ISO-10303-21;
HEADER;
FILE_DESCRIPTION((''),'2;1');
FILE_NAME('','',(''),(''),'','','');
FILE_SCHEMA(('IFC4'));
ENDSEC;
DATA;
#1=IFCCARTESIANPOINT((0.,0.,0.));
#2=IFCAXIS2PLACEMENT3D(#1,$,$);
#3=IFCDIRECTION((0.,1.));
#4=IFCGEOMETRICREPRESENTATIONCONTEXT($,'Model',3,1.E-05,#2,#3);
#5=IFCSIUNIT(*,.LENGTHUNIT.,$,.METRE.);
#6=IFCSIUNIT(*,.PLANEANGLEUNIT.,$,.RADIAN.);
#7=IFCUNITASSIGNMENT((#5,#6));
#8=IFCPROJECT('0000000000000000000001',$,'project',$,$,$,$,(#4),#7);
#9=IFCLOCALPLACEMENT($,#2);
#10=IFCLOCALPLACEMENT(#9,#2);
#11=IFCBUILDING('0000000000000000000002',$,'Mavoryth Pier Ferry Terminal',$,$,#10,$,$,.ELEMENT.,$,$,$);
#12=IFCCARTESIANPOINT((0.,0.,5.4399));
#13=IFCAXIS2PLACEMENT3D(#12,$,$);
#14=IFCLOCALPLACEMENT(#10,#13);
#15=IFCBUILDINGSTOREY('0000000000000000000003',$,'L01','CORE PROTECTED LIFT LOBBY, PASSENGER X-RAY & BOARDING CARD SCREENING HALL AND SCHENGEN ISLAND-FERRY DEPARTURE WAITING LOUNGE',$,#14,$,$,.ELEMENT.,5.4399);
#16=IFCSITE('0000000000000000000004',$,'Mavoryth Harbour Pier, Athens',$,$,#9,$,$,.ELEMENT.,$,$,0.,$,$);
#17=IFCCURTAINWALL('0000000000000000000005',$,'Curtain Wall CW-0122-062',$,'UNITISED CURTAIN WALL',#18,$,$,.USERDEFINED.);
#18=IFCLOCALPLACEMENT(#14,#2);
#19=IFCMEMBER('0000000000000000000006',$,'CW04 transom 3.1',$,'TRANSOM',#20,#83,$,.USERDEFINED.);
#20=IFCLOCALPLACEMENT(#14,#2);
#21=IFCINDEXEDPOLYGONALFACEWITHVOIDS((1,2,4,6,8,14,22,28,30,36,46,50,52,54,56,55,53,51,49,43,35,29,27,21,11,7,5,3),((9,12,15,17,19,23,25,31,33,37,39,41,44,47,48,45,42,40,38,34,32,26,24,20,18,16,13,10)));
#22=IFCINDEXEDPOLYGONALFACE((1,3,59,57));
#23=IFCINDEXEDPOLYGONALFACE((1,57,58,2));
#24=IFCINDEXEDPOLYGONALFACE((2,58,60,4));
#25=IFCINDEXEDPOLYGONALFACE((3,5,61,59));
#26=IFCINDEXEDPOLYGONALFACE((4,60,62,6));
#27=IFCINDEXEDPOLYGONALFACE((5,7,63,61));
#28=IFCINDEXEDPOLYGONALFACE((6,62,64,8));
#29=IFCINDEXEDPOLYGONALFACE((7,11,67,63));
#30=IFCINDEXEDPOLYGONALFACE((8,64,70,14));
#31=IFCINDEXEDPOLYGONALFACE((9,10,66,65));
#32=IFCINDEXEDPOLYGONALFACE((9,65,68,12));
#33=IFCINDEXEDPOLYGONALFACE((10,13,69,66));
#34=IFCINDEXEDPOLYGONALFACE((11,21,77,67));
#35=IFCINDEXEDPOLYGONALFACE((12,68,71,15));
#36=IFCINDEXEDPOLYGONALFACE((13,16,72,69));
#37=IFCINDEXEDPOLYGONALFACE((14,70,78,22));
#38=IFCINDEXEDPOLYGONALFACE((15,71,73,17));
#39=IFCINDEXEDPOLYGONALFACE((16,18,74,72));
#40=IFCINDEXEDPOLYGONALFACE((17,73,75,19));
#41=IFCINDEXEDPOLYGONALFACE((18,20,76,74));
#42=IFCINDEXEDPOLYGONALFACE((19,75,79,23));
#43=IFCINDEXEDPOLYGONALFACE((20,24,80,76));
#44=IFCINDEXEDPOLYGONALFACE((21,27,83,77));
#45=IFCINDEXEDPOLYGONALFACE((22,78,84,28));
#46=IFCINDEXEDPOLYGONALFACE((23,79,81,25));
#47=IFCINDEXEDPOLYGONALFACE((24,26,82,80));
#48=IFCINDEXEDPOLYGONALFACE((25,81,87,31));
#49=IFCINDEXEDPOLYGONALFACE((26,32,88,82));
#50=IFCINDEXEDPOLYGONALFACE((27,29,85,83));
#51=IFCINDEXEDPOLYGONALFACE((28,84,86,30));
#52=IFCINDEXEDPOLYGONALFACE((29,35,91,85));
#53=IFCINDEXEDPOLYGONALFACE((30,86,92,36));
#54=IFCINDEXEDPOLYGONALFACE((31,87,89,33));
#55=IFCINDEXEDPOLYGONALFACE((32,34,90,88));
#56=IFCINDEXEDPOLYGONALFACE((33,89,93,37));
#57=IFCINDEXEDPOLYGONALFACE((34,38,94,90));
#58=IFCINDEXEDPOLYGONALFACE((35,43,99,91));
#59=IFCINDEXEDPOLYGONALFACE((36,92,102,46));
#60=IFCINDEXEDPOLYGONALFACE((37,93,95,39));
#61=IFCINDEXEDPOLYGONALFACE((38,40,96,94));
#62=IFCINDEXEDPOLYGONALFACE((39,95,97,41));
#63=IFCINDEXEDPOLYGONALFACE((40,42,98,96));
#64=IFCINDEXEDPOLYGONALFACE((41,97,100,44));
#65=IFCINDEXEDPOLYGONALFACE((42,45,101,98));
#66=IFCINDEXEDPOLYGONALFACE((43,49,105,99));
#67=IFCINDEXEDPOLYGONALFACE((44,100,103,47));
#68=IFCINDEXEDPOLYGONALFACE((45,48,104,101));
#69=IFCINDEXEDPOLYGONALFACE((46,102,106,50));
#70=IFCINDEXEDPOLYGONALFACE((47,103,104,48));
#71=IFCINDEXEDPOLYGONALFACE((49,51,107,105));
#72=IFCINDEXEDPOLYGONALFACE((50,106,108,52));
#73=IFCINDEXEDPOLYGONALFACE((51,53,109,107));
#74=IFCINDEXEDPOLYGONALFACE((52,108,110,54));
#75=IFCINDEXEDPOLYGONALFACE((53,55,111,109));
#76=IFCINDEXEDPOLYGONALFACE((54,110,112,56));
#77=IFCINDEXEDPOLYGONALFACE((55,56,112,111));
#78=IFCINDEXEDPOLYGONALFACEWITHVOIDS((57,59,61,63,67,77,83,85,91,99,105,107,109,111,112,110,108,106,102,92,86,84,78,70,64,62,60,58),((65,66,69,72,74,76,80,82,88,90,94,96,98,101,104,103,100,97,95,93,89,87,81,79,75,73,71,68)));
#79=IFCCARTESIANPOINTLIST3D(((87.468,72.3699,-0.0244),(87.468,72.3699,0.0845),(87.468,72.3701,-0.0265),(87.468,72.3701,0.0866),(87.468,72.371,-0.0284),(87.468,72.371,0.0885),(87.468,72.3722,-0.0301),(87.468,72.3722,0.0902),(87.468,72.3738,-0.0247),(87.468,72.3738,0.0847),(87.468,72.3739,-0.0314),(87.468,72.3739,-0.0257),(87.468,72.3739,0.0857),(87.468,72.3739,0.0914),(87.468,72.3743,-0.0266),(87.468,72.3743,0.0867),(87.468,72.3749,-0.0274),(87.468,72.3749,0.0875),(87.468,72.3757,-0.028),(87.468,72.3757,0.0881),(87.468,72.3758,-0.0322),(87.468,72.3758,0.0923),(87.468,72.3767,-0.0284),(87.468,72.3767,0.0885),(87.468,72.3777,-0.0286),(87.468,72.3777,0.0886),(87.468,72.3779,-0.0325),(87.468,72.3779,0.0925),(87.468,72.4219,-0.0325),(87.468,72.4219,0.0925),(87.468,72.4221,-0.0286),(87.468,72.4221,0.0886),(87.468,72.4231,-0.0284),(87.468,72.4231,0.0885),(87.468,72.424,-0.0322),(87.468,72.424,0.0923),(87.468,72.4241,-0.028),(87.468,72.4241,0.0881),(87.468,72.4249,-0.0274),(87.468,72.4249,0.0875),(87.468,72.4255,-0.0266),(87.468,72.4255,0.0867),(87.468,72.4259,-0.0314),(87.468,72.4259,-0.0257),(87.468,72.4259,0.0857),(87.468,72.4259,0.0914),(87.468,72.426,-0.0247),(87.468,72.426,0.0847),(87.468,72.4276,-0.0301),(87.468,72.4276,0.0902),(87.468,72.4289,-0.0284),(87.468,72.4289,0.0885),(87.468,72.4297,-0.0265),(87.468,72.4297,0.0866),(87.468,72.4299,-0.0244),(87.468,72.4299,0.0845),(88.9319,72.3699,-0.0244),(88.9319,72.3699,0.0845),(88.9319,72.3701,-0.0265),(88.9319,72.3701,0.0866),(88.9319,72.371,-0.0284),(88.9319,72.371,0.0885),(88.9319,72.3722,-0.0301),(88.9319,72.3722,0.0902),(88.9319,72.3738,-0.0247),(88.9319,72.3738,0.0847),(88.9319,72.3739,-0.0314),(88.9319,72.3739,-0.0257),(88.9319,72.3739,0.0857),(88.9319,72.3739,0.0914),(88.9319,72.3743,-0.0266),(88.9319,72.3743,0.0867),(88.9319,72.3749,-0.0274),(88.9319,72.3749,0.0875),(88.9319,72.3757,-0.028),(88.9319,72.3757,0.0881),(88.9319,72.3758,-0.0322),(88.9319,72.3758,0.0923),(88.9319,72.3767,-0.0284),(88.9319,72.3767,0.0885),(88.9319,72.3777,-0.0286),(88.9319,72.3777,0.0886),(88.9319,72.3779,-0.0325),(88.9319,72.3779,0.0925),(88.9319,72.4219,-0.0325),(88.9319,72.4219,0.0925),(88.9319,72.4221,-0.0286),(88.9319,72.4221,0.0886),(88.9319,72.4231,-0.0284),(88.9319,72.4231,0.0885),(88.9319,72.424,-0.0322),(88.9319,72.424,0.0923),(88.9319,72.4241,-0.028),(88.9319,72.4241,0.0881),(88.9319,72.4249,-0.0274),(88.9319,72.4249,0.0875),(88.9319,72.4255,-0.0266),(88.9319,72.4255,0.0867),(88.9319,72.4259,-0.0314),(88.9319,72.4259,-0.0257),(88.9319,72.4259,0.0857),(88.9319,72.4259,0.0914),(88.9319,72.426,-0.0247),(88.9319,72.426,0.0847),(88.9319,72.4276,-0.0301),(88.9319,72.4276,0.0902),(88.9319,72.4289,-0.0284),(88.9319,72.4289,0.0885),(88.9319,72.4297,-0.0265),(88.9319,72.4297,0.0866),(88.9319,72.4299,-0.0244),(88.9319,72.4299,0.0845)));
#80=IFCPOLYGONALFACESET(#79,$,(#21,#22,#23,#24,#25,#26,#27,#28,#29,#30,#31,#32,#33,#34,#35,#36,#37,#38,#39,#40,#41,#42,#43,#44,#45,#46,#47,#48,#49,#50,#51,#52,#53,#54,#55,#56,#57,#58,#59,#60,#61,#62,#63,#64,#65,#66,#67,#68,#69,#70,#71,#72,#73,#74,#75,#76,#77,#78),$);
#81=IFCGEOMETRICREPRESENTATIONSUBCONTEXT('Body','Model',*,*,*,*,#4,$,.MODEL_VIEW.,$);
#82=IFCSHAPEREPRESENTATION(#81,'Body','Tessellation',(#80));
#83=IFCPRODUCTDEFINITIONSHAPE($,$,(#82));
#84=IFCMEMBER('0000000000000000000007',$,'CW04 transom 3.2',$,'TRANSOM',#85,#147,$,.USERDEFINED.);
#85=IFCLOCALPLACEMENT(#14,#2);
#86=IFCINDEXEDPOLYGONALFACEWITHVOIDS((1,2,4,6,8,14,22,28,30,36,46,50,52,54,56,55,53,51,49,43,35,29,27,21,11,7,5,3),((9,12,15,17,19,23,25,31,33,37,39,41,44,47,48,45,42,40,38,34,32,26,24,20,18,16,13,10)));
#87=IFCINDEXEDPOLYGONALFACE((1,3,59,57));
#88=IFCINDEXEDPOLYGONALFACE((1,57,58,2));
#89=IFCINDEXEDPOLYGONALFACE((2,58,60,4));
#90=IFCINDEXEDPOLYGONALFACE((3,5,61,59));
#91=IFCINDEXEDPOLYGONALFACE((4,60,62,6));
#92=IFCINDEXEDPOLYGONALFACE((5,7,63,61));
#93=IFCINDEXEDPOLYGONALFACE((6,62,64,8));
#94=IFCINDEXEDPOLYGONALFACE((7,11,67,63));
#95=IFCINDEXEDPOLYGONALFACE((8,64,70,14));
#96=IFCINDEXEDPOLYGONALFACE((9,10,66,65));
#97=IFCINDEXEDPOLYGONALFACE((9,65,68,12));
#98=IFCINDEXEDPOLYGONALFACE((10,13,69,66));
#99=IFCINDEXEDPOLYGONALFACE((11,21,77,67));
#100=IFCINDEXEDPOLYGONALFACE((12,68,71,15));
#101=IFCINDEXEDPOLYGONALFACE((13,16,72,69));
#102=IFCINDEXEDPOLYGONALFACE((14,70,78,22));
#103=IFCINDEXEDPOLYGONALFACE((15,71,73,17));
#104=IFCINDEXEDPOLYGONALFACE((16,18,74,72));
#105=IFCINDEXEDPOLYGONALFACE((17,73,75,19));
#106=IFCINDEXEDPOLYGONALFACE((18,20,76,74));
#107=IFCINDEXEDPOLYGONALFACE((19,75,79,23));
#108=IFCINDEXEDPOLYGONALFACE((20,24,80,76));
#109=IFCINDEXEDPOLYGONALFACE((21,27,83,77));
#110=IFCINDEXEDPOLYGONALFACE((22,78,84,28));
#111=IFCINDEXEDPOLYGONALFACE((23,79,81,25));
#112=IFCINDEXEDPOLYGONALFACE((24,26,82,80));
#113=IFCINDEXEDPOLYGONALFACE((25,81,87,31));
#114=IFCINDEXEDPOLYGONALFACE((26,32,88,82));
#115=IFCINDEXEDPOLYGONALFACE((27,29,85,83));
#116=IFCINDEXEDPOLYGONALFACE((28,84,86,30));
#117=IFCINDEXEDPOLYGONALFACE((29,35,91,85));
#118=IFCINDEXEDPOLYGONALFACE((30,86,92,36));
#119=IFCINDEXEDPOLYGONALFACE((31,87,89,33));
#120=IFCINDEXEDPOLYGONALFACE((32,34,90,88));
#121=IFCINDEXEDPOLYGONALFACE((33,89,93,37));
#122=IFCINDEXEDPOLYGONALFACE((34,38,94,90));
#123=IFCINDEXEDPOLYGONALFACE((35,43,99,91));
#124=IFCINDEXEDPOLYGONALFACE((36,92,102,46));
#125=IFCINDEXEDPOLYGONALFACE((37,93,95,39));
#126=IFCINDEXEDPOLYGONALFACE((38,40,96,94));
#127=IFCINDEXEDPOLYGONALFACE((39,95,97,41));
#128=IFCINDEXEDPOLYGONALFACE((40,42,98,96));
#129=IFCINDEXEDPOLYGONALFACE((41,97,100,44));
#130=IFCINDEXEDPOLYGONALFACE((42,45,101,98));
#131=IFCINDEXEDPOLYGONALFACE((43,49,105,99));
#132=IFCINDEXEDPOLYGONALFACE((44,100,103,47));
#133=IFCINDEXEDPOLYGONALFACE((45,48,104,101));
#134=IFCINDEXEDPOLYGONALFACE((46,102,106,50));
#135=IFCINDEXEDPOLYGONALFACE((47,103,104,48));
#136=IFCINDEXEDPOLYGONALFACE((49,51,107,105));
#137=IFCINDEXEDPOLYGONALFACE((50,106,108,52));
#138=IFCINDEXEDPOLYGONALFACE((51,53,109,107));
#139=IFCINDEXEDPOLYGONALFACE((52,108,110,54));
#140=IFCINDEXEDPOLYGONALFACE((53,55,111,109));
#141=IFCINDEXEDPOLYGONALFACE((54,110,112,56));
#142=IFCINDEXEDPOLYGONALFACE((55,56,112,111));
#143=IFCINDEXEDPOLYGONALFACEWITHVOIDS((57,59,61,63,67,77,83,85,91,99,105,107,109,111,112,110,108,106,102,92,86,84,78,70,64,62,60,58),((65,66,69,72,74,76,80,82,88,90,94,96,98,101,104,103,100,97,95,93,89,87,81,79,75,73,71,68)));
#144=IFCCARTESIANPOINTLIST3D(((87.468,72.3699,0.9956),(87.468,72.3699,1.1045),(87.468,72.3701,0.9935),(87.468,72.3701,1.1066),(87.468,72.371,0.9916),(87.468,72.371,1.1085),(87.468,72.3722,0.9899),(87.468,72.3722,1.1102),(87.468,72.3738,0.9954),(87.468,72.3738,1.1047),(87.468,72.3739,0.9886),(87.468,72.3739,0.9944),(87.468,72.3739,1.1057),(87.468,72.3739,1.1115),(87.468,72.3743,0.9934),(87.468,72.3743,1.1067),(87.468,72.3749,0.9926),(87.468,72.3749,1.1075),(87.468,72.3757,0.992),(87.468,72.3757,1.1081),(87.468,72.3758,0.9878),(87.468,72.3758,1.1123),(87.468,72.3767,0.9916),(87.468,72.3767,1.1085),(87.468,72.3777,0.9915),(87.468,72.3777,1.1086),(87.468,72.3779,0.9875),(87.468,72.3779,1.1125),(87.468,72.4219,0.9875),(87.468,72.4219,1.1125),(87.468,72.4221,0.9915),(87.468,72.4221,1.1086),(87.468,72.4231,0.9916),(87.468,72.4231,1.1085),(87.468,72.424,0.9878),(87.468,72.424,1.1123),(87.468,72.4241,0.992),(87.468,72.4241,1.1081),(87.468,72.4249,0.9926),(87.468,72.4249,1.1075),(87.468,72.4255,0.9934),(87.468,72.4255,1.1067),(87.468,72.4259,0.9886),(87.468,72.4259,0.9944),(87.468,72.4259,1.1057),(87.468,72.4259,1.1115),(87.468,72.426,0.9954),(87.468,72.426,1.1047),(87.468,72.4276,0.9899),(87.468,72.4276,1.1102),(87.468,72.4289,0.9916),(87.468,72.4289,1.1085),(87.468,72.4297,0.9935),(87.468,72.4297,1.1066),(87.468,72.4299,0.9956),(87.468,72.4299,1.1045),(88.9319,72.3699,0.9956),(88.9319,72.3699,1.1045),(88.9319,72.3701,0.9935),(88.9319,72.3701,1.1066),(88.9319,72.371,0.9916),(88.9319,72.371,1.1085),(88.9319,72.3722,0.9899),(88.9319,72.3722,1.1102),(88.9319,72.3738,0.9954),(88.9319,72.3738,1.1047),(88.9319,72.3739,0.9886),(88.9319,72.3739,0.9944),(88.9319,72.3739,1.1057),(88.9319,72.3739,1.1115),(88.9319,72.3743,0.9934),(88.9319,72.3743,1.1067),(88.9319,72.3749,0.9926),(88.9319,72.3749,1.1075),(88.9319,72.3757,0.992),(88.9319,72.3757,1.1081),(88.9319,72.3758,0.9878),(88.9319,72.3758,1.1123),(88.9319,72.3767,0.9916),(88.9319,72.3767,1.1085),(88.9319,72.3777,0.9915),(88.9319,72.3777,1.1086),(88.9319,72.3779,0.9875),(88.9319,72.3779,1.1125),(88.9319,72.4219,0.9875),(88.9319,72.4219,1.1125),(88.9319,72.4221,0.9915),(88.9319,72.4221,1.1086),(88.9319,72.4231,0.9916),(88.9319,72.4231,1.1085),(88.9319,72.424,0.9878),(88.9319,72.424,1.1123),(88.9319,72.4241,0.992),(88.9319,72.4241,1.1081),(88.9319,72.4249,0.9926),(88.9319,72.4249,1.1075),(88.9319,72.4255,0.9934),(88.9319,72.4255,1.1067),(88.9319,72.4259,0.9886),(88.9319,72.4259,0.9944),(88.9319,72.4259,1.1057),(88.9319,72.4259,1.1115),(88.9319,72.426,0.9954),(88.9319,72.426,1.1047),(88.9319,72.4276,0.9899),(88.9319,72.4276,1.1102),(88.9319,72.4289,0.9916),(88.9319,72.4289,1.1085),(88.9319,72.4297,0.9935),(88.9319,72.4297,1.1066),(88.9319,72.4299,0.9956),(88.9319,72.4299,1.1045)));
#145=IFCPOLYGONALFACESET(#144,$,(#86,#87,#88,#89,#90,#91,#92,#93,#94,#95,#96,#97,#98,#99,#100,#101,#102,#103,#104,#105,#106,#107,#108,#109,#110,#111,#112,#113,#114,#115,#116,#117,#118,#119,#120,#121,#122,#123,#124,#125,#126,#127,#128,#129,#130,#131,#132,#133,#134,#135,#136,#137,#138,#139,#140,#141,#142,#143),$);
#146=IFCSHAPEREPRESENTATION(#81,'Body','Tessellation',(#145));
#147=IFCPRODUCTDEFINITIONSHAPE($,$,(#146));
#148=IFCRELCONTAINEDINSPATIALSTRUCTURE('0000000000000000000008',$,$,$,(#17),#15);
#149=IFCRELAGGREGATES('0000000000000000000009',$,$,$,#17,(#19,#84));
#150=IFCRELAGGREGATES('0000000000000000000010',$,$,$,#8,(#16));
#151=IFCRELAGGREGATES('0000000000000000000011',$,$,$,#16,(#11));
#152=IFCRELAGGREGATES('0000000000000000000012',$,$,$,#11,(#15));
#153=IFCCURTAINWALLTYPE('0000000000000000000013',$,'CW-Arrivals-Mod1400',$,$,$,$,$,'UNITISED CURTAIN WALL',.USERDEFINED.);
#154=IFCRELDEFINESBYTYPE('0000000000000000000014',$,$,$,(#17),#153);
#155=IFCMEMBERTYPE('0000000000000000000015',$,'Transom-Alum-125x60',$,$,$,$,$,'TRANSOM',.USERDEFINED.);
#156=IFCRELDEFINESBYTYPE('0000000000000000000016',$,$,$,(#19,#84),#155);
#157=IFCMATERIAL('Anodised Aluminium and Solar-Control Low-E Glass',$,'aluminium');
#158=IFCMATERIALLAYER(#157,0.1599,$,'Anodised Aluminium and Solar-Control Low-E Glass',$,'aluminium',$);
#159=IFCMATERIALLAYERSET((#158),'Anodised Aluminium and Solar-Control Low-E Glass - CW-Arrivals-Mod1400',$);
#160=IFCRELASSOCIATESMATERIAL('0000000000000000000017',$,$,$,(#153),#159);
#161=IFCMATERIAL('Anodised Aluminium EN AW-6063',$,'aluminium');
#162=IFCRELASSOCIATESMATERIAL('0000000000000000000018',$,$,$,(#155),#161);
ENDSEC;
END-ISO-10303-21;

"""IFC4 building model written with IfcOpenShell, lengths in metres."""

from ifc_helpers import new_model, si_unit, direction, frame, origin, origin_2d, place, context, subcontext, project, spatial, hollow_rectangle, extrude, material, layer, layer_set, material_profile, profile_set, type_object, element, aggregate, save


model = new_model("IFC4")

# Units and contexts
model_context = context("Model", 3, precision=1e-05, world=origin(), true_north=direction((0.0, 1.0)))
body_context = subcontext(model_context, "Body", "Model", "MODEL_VIEW")
ifc_project = project(units=[si_unit("LENGTHUNIT", "METRE"), si_unit("PLANEANGLEUNIT", "RADIAN")], contexts=[model_context])

# Site, building, storey
site_placement = place(None, origin())
site = spatial("IfcSite", under=ifc_project, at=site_placement, Name="Mavoryth Harbour Pier, Athens", CompositionType="ELEMENT", RefElevation=0.0)
building_placement = place(site_placement, origin())
building = spatial("IfcBuilding", under=site, at=building_placement, Name="Mavoryth Pier Ferry Terminal", CompositionType="ELEMENT")
storey_placement = place(building_placement, frame((0.0, 0.0, 5.4399)))
storey = spatial("IfcBuildingStorey", under=building, at=storey_placement, Name="L01", Description="CORE PROTECTED LIFT LOBBY, PASSENGER X-RAY & BOARDING CARD SCREENING HALL AND SCHENGEN ISLAND-FERRY DEPARTURE WAITING LOUNGE", CompositionType="ELEMENT", Elevation=5.4399)

# Curtain wall
ifc_material_1 = material(Name="Anodised Aluminium and Solar-Control Low-E Glass", Category="aluminium")
ifc_layer_1 = layer(ifc_material_1, 0.1599, Name="Anodised Aluminium and Solar-Control Low-E Glass", Category="aluminium")
ifc_layer_set_1 = layer_set([ifc_layer_1], Name="Anodised Aluminium and Solar-Control Low-E Glass - CW-Arrivals-Mod1400")
curtain_wall_type = type_object("IfcCurtainWallType", Name="CW-Arrivals-Mod1400", ElementType="UNITISED CURTAIN WALL", PredefinedType="USERDEFINED", material=ifc_layer_set_1)
ifc_material_2 = material(Name="Anodised Aluminium EN AW-6063", Category="aluminium")
curtain_wall_1_placement = place(storey_placement, origin())
curtain_wall_1 = element("IfcCurtainWall", 1, at=curtain_wall_1_placement, inside=storey, type_object=curtain_wall_type, Name="Curtain Wall CW-0122-062", ObjectType="UNITISED CURTAIN WALL", PredefinedType="USERDEFINED")

# Members
ifc_material_profile_1 = material_profile(ifc_material_2, hollow_rectangle(XDim=0.0601, YDim=0.125, WallThickness=0.0039, InnerFilletRadius=0.0039, OuterFilletRadius=0.0081, at=origin_2d()), Name="AL-TRAN 125x60x4", Category="aluminium")
ifc_profile_set_1 = profile_set([ifc_material_profile_1], Name="Anodised Aluminium EN AW-6063 - AL-TRAN 125x60x4")
member_type_1 = type_object("IfcMemberType", Name="Transom-Alum-125x60", ElementType="TRANSOM", PredefinedType="USERDEFINED", material=ifc_profile_set_1)
member_1_placement = place(storey_placement, frame((87.468, 72.3999, 0.03), z_axis=(1.0, 0.0, 0.0), x_axis=(0.0, 1.0, 0.0)))
member_1 = element("IfcMember", 2, at=member_1_placement, type_object=member_type_1, Name="CW04 transom 3.1", ObjectType="TRANSOM", PredefinedType="USERDEFINED", context=body_context, shape_type="SweptSolid", body=[
    extrude(hollow_rectangle(XDim=0.0601, YDim=0.125, WallThickness=0.0039, InnerFilletRadius=0.0039, OuterFilletRadius=0.0081, at=origin_2d()), origin(), (0.0, 0.0, 1.0), 1.4639),
])
member_2_placement = place(storey_placement, frame((87.468, 72.3999, 1.05), z_axis=(1.0, 0.0, 0.0), x_axis=(0.0, 1.0, 0.0)))
member_2 = element("IfcMember", 3, at=member_2_placement, type_object=member_type_1, Name="CW04 transom 3.2", ObjectType="TRANSOM", PredefinedType="USERDEFINED", context=body_context, shape_type="SweptSolid", body=[
    extrude(hollow_rectangle(XDim=0.0601, YDim=0.125, WallThickness=0.0039, InnerFilletRadius=0.0039, OuterFilletRadius=0.0081, at=origin_2d()), origin(), (0.0, 0.0, 1.0), 1.4639),
])

aggregate(curtain_wall_1, [member_1, member_2])

save(model, "model.ifc")
